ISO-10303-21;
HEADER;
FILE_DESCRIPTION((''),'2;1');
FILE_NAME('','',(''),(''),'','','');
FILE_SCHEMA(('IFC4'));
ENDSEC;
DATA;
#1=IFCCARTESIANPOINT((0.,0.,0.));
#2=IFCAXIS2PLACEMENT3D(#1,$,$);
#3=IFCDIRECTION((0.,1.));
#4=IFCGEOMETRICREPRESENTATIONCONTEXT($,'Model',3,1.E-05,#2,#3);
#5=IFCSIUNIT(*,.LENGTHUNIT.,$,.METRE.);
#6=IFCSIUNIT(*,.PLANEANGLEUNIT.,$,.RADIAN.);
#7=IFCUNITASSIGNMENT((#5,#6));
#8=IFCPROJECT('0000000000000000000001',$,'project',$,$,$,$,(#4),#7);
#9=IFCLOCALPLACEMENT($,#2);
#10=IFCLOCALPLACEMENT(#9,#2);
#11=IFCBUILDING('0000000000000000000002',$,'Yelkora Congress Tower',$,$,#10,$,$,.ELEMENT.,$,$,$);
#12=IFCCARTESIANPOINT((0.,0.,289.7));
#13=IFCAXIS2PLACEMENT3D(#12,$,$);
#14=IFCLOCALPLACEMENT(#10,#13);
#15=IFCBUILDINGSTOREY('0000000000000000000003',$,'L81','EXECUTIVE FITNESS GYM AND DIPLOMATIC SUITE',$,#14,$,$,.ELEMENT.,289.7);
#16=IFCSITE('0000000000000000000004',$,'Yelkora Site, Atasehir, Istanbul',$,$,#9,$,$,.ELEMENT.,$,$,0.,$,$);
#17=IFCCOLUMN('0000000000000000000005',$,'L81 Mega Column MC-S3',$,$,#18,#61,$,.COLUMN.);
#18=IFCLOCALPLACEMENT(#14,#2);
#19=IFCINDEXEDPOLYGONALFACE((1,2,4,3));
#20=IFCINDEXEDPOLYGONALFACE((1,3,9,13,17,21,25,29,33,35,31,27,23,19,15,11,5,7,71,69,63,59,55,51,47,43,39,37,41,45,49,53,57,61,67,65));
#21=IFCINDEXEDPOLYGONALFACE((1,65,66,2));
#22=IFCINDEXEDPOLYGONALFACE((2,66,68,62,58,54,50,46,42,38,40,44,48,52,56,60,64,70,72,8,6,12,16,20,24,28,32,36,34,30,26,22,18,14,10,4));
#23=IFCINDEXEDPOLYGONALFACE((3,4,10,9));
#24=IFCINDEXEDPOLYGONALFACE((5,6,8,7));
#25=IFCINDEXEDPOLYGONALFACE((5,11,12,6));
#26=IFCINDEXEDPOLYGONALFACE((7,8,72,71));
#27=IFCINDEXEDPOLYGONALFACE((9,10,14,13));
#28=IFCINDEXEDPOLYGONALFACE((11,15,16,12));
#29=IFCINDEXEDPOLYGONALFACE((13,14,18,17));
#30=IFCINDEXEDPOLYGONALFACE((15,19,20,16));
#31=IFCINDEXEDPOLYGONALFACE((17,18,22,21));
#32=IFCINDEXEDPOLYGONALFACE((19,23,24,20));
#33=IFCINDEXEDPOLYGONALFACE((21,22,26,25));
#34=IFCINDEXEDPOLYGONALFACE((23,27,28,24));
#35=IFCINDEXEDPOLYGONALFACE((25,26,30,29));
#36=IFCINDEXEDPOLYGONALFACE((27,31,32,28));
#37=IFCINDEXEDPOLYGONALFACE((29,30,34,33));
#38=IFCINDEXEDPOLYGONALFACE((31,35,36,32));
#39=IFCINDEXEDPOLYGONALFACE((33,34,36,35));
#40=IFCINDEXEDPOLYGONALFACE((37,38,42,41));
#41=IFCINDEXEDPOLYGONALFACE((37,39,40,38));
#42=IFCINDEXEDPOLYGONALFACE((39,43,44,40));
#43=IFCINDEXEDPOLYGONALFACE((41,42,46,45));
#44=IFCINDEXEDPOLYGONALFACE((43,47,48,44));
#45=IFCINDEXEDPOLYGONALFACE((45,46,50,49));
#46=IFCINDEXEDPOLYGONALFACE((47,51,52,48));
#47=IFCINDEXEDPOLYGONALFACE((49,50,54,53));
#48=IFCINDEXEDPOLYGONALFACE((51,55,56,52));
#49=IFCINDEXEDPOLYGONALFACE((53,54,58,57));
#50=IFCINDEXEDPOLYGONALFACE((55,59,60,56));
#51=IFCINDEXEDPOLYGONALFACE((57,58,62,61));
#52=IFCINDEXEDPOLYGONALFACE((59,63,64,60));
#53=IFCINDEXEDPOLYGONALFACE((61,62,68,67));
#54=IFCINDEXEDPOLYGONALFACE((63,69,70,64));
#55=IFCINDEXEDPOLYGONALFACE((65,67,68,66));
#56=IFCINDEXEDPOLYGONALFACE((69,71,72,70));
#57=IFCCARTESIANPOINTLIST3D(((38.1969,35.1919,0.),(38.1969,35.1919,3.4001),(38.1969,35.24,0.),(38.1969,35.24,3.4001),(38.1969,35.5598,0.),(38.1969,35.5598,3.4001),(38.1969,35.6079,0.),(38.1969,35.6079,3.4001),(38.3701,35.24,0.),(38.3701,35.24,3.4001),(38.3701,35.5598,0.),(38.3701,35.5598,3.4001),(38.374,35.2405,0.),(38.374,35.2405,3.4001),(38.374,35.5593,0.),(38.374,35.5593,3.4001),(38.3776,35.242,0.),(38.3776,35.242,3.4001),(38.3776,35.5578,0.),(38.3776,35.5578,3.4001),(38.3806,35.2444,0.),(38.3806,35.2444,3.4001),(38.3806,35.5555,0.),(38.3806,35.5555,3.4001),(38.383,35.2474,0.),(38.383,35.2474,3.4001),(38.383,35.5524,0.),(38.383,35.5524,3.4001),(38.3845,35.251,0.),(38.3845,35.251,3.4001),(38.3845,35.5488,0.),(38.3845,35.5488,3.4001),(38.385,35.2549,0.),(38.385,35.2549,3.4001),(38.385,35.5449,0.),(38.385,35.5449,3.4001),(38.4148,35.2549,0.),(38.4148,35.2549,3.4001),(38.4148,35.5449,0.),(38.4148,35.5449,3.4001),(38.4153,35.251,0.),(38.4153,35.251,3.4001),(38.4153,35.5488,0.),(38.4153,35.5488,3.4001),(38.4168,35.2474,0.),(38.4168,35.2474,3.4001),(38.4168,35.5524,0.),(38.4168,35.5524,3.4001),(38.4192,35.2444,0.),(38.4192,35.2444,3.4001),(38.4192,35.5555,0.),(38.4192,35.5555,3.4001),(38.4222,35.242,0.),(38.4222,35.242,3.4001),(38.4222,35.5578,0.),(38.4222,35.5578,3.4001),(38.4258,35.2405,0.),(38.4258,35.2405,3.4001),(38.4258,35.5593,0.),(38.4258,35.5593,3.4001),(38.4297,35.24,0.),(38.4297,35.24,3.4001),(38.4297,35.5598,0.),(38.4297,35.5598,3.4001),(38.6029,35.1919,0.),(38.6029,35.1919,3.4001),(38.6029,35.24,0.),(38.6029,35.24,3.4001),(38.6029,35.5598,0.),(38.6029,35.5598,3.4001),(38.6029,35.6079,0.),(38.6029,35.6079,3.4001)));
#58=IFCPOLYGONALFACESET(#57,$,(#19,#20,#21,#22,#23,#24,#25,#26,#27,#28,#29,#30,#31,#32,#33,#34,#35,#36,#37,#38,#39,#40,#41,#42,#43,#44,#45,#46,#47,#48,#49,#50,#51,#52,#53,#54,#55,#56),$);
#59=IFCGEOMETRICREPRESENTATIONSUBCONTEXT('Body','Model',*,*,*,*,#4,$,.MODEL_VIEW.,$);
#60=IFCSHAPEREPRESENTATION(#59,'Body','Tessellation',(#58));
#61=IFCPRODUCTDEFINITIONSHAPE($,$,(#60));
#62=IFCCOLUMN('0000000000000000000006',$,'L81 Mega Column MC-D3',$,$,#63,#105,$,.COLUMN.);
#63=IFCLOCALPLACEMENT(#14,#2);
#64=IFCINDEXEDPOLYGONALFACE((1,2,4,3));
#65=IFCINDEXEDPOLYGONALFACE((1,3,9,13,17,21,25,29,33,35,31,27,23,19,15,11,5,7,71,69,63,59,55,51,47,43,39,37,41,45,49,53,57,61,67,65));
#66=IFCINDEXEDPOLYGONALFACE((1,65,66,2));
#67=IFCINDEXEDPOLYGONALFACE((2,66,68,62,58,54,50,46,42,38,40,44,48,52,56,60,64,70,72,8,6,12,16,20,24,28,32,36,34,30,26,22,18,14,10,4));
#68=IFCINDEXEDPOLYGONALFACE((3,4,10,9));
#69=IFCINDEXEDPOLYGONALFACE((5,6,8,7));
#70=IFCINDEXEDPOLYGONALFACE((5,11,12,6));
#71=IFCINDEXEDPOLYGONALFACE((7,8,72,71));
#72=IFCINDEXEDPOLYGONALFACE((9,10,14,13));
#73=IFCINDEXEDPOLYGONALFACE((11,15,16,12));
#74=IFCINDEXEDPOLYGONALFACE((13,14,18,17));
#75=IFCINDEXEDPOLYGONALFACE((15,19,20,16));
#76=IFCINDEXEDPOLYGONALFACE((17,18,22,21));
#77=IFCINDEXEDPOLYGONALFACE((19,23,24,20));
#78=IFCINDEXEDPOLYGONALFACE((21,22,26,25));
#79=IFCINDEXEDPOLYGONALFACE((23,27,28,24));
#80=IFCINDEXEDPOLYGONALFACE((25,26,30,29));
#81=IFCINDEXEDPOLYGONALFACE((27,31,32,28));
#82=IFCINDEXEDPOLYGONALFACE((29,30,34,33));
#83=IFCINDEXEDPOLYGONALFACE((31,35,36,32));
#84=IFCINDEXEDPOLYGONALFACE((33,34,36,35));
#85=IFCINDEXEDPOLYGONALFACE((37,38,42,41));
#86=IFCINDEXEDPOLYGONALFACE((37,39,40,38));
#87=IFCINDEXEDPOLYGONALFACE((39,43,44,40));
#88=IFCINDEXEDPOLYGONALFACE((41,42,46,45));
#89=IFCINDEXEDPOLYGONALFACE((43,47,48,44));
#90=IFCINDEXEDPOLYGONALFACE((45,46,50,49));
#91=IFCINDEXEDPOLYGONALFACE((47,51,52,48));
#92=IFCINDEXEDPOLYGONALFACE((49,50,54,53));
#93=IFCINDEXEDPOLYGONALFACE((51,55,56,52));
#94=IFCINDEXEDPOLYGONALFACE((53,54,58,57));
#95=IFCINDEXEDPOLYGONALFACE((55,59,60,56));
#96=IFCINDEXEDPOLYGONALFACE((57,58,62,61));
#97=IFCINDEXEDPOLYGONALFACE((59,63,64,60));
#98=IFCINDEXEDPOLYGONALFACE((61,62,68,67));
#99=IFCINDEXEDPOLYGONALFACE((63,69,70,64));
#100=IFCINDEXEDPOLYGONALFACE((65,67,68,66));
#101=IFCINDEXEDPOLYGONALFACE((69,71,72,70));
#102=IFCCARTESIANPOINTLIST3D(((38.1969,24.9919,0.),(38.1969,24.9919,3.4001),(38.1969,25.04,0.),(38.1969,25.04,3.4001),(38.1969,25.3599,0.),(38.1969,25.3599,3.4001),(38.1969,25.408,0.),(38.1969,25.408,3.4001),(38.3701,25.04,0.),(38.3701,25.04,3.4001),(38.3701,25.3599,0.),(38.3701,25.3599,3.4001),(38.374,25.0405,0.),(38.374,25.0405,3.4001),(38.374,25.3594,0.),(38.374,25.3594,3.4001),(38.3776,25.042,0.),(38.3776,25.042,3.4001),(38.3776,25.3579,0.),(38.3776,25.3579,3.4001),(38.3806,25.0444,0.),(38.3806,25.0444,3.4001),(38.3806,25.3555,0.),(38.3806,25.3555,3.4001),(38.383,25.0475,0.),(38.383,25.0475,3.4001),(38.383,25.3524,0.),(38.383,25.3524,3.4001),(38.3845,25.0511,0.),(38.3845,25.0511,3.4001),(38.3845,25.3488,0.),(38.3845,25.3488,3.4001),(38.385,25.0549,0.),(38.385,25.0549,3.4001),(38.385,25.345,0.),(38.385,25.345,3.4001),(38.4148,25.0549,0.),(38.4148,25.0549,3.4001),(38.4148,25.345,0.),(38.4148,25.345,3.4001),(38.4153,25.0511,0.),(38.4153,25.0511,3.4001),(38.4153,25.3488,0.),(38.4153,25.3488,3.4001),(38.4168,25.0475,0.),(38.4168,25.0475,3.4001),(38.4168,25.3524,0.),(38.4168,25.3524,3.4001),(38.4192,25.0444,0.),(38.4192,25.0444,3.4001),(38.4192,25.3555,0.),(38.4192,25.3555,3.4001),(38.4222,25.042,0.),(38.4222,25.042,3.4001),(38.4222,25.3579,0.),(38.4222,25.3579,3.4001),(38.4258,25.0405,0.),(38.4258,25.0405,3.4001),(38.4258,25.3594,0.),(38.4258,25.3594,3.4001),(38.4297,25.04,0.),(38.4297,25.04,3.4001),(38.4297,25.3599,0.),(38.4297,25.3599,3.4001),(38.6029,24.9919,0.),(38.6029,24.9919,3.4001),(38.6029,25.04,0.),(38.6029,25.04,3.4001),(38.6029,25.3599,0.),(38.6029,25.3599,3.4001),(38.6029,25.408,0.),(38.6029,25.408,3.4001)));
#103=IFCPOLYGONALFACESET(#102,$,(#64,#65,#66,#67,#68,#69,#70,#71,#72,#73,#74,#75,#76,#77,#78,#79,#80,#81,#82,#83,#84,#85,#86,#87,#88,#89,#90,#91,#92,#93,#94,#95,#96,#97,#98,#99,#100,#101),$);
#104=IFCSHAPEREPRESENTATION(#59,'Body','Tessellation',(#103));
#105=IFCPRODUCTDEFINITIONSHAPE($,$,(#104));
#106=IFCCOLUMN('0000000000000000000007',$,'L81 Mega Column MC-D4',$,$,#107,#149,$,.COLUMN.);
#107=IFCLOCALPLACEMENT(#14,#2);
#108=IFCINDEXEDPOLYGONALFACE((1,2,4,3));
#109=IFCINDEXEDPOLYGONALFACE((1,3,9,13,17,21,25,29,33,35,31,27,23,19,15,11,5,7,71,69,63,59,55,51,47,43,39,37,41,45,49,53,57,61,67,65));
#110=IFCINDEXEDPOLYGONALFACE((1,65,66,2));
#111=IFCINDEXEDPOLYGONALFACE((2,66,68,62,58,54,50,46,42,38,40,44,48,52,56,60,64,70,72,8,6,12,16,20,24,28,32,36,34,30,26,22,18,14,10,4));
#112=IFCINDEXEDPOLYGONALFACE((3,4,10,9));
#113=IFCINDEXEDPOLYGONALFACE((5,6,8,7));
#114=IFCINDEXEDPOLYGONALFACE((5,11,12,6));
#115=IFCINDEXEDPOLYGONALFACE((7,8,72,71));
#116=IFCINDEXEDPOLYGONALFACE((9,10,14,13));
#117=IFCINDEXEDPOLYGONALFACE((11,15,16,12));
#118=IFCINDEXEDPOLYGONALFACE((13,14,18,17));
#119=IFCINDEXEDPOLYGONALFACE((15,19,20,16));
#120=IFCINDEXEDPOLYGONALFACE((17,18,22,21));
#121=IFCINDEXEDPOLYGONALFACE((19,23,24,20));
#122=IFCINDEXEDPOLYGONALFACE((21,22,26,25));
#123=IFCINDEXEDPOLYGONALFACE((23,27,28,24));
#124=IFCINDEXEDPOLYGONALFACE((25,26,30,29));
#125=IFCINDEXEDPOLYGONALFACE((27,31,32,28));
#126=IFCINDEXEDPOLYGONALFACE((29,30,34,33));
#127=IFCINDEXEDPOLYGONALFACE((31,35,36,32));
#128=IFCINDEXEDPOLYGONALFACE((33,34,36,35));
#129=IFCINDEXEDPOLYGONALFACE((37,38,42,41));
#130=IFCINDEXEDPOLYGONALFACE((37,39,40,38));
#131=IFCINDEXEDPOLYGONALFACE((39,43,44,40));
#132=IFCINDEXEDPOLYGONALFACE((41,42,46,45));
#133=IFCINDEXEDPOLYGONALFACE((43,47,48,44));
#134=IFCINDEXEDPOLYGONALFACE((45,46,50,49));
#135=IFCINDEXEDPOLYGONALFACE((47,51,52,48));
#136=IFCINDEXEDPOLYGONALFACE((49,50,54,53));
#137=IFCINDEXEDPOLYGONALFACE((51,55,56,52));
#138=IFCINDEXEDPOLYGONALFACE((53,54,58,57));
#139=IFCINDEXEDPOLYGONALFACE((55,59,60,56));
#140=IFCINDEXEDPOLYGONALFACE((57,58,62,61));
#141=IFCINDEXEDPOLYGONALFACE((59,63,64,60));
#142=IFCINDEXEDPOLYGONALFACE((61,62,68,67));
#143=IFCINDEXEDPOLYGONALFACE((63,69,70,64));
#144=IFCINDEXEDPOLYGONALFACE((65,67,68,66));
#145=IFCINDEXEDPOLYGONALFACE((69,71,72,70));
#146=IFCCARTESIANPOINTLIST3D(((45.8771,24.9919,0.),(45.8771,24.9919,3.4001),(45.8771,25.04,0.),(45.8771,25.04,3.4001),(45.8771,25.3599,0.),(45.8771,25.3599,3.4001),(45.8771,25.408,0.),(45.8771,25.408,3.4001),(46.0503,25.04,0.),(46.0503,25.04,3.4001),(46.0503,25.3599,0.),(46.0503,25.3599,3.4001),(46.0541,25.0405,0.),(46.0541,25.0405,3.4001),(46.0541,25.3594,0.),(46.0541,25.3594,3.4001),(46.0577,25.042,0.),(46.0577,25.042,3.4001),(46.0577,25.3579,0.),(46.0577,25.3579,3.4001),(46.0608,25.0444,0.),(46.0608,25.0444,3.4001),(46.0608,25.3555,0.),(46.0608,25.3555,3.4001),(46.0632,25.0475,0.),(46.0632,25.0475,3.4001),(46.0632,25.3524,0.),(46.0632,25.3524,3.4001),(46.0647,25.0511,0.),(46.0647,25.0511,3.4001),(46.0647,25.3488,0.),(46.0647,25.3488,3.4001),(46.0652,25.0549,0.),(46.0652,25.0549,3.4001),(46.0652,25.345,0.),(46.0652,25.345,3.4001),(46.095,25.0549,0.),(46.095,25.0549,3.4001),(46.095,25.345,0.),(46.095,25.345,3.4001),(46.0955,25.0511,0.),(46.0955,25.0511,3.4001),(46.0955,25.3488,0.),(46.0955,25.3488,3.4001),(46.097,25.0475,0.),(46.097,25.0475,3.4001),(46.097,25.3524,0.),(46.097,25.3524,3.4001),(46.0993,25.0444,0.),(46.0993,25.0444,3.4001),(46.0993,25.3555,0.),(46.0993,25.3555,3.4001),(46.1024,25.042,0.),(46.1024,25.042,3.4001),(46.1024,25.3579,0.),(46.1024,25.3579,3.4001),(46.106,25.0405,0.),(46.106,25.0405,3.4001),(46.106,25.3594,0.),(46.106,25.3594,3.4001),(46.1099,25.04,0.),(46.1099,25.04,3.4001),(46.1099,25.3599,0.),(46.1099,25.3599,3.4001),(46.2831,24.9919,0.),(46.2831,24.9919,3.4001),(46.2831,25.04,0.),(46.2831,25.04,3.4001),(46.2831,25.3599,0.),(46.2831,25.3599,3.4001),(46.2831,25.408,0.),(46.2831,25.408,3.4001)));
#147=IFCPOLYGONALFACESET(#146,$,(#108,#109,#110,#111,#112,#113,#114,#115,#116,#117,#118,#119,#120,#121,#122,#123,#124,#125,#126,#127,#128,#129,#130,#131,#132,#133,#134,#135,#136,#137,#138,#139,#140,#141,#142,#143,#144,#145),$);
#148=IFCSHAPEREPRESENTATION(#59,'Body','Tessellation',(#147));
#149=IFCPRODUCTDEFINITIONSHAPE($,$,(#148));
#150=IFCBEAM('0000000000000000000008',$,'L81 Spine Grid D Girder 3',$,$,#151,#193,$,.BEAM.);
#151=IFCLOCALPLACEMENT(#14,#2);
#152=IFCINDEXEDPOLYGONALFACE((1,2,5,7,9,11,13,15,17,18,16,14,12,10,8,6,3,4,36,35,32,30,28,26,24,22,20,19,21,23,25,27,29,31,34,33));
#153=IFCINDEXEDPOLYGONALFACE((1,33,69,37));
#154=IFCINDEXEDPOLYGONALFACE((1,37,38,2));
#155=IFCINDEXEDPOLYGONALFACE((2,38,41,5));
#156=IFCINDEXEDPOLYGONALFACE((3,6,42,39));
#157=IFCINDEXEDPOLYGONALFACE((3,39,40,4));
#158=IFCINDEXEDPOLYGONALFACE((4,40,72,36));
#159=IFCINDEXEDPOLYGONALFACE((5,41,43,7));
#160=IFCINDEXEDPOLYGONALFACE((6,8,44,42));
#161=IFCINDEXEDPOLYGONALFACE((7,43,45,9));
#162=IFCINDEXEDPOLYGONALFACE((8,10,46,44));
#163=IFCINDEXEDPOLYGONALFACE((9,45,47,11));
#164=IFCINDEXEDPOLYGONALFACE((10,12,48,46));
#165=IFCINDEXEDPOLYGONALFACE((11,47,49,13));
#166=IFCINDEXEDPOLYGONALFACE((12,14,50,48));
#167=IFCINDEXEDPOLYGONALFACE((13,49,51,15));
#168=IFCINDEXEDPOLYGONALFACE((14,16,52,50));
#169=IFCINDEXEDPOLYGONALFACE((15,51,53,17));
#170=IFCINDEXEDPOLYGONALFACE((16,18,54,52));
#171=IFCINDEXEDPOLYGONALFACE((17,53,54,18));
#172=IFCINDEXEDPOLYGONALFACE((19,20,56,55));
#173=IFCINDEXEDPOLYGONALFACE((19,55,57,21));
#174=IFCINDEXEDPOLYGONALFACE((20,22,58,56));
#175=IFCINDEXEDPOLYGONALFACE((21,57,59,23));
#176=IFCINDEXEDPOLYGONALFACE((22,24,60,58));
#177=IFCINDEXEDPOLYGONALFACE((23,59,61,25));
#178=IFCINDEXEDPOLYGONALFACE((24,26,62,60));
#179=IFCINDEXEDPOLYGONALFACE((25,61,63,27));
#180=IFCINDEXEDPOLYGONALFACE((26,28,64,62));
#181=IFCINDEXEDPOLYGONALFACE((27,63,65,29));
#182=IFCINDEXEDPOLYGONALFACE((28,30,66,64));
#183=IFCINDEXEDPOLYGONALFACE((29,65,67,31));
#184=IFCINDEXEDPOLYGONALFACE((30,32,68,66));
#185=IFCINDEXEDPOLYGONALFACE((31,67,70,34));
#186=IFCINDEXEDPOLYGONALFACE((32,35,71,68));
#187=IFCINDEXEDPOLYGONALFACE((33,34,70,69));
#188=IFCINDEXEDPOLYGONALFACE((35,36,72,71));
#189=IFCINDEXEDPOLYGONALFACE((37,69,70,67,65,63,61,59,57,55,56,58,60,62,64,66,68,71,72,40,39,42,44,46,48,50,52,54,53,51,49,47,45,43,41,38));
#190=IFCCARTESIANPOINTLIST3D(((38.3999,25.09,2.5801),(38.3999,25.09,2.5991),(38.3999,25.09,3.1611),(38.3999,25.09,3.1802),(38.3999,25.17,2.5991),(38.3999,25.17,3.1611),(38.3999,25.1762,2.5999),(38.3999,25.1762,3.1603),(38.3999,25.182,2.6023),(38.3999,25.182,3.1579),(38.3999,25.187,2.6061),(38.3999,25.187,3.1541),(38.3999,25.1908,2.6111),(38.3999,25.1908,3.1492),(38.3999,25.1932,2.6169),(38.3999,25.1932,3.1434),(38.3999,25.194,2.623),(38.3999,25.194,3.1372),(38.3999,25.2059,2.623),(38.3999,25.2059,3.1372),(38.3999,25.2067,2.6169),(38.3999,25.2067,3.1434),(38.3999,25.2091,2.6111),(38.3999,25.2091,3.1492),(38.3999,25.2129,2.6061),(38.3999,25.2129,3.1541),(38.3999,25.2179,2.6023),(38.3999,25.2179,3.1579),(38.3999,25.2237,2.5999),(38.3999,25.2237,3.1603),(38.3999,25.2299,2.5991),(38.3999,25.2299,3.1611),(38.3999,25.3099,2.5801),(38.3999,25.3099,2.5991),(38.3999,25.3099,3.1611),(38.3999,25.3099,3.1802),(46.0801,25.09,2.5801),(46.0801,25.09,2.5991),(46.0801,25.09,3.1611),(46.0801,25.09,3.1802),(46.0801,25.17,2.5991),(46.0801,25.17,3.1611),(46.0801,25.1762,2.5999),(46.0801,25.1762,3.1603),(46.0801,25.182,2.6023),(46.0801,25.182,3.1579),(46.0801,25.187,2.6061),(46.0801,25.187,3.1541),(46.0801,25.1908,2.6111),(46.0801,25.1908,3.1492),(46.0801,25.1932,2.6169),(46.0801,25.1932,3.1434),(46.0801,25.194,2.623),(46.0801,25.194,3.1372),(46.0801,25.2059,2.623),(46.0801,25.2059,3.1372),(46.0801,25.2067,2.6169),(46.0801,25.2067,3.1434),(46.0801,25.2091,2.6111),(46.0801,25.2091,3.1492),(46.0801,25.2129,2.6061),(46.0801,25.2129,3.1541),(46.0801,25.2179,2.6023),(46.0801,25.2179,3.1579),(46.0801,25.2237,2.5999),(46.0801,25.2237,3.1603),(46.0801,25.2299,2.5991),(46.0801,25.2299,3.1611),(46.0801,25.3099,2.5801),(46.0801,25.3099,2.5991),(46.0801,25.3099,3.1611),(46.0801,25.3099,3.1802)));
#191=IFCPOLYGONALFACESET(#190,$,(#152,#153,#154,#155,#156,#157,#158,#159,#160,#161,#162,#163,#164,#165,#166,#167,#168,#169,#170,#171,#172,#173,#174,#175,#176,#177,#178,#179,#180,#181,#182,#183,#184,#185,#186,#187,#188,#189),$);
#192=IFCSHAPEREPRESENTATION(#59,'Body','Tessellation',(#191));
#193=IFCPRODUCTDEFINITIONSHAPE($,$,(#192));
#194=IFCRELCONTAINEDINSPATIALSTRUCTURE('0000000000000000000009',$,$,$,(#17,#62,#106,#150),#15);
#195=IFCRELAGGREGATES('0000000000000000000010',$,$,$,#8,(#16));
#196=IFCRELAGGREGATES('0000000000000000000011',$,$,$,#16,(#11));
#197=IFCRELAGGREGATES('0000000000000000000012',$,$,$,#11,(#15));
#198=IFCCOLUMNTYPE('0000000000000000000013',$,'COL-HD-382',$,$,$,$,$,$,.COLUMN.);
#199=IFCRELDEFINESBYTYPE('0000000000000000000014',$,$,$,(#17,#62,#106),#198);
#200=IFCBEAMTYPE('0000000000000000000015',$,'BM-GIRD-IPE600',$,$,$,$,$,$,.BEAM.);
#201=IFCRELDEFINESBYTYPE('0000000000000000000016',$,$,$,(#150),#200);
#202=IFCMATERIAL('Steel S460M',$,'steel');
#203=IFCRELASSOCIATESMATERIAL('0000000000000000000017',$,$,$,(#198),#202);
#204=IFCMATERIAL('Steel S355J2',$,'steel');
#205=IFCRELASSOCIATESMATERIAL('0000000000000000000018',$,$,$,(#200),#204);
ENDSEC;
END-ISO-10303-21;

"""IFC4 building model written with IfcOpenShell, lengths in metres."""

from ifc_helpers import new_model, si_unit, direction, frame, origin, origin_2d, place, context, subcontext, project, spatial, i_section, extrude, material, material_profile, profile_set, type_object, element, save


model = new_model("IFC4")

# Units and contexts
model_context = context("Model", 3, precision=1e-05, world=origin(), true_north=direction((0.0, 1.0)))
body_context = subcontext(model_context, "Body", "Model", "MODEL_VIEW")
ifc_project = project(units=[si_unit("LENGTHUNIT", "METRE"), si_unit("PLANEANGLEUNIT", "RADIAN")], contexts=[model_context])

# Site, building, storey
site_placement = place(None, origin())
site = spatial("IfcSite", under=ifc_project, at=site_placement, Name="Yelkora Site, Atasehir, Istanbul", CompositionType="ELEMENT", RefElevation=0.0)
building_placement = place(site_placement, origin())
building = spatial("IfcBuilding", under=site, at=building_placement, Name="Yelkora Congress Tower", CompositionType="ELEMENT")
storey_placement = place(building_placement, frame((0.0, 0.0, 289.7)))
storey = spatial("IfcBuildingStorey", under=building, at=storey_placement, Name="L81", Description="EXECUTIVE FITNESS GYM AND DIPLOMATIC SUITE", CompositionType="ELEMENT", Elevation=289.7)

# Columns
ifc_material_1 = material(Name="Steel S460M", Category="steel")
ifc_material_profile_1 = material_profile(ifc_material_1, i_section(OverallWidth=0.406, OverallDepth=0.416, WebThickness=0.0298, FlangeThickness=0.0481, FilletRadius=0.0149, at=origin_2d()), Name="HD 400x382")
ifc_profile_set_1 = profile_set([ifc_material_profile_1], Name="Steel S460M")
column_type = type_object("IfcColumnType", Name="COL-HD-382", PredefinedType="COLUMN", material=ifc_profile_set_1)
for number, where, z_axis, x_axis, name in (
    (1, (38.3999, 35.3999, 0.0), (0.0, 0.0, 1.0), (1.0, 0.0, 0.0), "L81 Mega Column MC-S3"),
    (2, (38.3999, 25.2, 0.0), (0.0, 0.0, 1.0), (1.0, 0.0, 0.0), "L81 Mega Column MC-D3"),
    (3, (46.0801, 25.2, 0.0), (0.0, 0.0, 1.0), (1.0, 0.0, 0.0), "L81 Mega Column MC-D4"),
):
    element("IfcColumn", number, at=place(storey_placement, frame(where, z_axis=z_axis, x_axis=x_axis)), inside=storey, type_object=column_type, Name=name, PredefinedType="COLUMN", context=body_context, shape_type="SweptSolid", body=[
        extrude(i_section(OverallWidth=0.406, OverallDepth=0.416, WebThickness=0.0298, FlangeThickness=0.0481, FilletRadius=0.0149, at=origin_2d()), origin(), (0.0, 0.0, 1.0), 3.4001),
    ])

# Beam
ifc_material_2 = material(Name="Steel S355J2", Category="steel")
ifc_material_profile_2 = material_profile(ifc_material_2, i_section(OverallWidth=0.22, OverallDepth=0.6001, WebThickness=0.012, FlangeThickness=0.019, FilletRadius=0.0239, at=origin_2d()), Name="IPE 600")
ifc_profile_set_2 = profile_set([ifc_material_profile_2], Name="Steel S355J2")
beam_type_1 = type_object("IfcBeamType", Name="BM-GIRD-IPE600", PredefinedType="BEAM", material=ifc_profile_set_2)
beam_1_placement = place(storey_placement, frame((38.3999, 25.2, 2.8801), z_axis=(1.0, 0.0, 0.0), x_axis=(0.0, 1.0, 0.0)))
element("IfcBeam", 4, at=beam_1_placement, inside=storey, type_object=beam_type_1, Name="L81 Spine Grid D Girder 3", PredefinedType="BEAM", context=body_context, shape_type="SweptSolid", body=[
    extrude(i_section(OverallWidth=0.22, OverallDepth=0.6001, WebThickness=0.012, FlangeThickness=0.019, FilletRadius=0.0239, at=origin_2d()), origin(), (0.0, 0.0, 1.0), 7.6802),
])

save(model, "model.ifc")
